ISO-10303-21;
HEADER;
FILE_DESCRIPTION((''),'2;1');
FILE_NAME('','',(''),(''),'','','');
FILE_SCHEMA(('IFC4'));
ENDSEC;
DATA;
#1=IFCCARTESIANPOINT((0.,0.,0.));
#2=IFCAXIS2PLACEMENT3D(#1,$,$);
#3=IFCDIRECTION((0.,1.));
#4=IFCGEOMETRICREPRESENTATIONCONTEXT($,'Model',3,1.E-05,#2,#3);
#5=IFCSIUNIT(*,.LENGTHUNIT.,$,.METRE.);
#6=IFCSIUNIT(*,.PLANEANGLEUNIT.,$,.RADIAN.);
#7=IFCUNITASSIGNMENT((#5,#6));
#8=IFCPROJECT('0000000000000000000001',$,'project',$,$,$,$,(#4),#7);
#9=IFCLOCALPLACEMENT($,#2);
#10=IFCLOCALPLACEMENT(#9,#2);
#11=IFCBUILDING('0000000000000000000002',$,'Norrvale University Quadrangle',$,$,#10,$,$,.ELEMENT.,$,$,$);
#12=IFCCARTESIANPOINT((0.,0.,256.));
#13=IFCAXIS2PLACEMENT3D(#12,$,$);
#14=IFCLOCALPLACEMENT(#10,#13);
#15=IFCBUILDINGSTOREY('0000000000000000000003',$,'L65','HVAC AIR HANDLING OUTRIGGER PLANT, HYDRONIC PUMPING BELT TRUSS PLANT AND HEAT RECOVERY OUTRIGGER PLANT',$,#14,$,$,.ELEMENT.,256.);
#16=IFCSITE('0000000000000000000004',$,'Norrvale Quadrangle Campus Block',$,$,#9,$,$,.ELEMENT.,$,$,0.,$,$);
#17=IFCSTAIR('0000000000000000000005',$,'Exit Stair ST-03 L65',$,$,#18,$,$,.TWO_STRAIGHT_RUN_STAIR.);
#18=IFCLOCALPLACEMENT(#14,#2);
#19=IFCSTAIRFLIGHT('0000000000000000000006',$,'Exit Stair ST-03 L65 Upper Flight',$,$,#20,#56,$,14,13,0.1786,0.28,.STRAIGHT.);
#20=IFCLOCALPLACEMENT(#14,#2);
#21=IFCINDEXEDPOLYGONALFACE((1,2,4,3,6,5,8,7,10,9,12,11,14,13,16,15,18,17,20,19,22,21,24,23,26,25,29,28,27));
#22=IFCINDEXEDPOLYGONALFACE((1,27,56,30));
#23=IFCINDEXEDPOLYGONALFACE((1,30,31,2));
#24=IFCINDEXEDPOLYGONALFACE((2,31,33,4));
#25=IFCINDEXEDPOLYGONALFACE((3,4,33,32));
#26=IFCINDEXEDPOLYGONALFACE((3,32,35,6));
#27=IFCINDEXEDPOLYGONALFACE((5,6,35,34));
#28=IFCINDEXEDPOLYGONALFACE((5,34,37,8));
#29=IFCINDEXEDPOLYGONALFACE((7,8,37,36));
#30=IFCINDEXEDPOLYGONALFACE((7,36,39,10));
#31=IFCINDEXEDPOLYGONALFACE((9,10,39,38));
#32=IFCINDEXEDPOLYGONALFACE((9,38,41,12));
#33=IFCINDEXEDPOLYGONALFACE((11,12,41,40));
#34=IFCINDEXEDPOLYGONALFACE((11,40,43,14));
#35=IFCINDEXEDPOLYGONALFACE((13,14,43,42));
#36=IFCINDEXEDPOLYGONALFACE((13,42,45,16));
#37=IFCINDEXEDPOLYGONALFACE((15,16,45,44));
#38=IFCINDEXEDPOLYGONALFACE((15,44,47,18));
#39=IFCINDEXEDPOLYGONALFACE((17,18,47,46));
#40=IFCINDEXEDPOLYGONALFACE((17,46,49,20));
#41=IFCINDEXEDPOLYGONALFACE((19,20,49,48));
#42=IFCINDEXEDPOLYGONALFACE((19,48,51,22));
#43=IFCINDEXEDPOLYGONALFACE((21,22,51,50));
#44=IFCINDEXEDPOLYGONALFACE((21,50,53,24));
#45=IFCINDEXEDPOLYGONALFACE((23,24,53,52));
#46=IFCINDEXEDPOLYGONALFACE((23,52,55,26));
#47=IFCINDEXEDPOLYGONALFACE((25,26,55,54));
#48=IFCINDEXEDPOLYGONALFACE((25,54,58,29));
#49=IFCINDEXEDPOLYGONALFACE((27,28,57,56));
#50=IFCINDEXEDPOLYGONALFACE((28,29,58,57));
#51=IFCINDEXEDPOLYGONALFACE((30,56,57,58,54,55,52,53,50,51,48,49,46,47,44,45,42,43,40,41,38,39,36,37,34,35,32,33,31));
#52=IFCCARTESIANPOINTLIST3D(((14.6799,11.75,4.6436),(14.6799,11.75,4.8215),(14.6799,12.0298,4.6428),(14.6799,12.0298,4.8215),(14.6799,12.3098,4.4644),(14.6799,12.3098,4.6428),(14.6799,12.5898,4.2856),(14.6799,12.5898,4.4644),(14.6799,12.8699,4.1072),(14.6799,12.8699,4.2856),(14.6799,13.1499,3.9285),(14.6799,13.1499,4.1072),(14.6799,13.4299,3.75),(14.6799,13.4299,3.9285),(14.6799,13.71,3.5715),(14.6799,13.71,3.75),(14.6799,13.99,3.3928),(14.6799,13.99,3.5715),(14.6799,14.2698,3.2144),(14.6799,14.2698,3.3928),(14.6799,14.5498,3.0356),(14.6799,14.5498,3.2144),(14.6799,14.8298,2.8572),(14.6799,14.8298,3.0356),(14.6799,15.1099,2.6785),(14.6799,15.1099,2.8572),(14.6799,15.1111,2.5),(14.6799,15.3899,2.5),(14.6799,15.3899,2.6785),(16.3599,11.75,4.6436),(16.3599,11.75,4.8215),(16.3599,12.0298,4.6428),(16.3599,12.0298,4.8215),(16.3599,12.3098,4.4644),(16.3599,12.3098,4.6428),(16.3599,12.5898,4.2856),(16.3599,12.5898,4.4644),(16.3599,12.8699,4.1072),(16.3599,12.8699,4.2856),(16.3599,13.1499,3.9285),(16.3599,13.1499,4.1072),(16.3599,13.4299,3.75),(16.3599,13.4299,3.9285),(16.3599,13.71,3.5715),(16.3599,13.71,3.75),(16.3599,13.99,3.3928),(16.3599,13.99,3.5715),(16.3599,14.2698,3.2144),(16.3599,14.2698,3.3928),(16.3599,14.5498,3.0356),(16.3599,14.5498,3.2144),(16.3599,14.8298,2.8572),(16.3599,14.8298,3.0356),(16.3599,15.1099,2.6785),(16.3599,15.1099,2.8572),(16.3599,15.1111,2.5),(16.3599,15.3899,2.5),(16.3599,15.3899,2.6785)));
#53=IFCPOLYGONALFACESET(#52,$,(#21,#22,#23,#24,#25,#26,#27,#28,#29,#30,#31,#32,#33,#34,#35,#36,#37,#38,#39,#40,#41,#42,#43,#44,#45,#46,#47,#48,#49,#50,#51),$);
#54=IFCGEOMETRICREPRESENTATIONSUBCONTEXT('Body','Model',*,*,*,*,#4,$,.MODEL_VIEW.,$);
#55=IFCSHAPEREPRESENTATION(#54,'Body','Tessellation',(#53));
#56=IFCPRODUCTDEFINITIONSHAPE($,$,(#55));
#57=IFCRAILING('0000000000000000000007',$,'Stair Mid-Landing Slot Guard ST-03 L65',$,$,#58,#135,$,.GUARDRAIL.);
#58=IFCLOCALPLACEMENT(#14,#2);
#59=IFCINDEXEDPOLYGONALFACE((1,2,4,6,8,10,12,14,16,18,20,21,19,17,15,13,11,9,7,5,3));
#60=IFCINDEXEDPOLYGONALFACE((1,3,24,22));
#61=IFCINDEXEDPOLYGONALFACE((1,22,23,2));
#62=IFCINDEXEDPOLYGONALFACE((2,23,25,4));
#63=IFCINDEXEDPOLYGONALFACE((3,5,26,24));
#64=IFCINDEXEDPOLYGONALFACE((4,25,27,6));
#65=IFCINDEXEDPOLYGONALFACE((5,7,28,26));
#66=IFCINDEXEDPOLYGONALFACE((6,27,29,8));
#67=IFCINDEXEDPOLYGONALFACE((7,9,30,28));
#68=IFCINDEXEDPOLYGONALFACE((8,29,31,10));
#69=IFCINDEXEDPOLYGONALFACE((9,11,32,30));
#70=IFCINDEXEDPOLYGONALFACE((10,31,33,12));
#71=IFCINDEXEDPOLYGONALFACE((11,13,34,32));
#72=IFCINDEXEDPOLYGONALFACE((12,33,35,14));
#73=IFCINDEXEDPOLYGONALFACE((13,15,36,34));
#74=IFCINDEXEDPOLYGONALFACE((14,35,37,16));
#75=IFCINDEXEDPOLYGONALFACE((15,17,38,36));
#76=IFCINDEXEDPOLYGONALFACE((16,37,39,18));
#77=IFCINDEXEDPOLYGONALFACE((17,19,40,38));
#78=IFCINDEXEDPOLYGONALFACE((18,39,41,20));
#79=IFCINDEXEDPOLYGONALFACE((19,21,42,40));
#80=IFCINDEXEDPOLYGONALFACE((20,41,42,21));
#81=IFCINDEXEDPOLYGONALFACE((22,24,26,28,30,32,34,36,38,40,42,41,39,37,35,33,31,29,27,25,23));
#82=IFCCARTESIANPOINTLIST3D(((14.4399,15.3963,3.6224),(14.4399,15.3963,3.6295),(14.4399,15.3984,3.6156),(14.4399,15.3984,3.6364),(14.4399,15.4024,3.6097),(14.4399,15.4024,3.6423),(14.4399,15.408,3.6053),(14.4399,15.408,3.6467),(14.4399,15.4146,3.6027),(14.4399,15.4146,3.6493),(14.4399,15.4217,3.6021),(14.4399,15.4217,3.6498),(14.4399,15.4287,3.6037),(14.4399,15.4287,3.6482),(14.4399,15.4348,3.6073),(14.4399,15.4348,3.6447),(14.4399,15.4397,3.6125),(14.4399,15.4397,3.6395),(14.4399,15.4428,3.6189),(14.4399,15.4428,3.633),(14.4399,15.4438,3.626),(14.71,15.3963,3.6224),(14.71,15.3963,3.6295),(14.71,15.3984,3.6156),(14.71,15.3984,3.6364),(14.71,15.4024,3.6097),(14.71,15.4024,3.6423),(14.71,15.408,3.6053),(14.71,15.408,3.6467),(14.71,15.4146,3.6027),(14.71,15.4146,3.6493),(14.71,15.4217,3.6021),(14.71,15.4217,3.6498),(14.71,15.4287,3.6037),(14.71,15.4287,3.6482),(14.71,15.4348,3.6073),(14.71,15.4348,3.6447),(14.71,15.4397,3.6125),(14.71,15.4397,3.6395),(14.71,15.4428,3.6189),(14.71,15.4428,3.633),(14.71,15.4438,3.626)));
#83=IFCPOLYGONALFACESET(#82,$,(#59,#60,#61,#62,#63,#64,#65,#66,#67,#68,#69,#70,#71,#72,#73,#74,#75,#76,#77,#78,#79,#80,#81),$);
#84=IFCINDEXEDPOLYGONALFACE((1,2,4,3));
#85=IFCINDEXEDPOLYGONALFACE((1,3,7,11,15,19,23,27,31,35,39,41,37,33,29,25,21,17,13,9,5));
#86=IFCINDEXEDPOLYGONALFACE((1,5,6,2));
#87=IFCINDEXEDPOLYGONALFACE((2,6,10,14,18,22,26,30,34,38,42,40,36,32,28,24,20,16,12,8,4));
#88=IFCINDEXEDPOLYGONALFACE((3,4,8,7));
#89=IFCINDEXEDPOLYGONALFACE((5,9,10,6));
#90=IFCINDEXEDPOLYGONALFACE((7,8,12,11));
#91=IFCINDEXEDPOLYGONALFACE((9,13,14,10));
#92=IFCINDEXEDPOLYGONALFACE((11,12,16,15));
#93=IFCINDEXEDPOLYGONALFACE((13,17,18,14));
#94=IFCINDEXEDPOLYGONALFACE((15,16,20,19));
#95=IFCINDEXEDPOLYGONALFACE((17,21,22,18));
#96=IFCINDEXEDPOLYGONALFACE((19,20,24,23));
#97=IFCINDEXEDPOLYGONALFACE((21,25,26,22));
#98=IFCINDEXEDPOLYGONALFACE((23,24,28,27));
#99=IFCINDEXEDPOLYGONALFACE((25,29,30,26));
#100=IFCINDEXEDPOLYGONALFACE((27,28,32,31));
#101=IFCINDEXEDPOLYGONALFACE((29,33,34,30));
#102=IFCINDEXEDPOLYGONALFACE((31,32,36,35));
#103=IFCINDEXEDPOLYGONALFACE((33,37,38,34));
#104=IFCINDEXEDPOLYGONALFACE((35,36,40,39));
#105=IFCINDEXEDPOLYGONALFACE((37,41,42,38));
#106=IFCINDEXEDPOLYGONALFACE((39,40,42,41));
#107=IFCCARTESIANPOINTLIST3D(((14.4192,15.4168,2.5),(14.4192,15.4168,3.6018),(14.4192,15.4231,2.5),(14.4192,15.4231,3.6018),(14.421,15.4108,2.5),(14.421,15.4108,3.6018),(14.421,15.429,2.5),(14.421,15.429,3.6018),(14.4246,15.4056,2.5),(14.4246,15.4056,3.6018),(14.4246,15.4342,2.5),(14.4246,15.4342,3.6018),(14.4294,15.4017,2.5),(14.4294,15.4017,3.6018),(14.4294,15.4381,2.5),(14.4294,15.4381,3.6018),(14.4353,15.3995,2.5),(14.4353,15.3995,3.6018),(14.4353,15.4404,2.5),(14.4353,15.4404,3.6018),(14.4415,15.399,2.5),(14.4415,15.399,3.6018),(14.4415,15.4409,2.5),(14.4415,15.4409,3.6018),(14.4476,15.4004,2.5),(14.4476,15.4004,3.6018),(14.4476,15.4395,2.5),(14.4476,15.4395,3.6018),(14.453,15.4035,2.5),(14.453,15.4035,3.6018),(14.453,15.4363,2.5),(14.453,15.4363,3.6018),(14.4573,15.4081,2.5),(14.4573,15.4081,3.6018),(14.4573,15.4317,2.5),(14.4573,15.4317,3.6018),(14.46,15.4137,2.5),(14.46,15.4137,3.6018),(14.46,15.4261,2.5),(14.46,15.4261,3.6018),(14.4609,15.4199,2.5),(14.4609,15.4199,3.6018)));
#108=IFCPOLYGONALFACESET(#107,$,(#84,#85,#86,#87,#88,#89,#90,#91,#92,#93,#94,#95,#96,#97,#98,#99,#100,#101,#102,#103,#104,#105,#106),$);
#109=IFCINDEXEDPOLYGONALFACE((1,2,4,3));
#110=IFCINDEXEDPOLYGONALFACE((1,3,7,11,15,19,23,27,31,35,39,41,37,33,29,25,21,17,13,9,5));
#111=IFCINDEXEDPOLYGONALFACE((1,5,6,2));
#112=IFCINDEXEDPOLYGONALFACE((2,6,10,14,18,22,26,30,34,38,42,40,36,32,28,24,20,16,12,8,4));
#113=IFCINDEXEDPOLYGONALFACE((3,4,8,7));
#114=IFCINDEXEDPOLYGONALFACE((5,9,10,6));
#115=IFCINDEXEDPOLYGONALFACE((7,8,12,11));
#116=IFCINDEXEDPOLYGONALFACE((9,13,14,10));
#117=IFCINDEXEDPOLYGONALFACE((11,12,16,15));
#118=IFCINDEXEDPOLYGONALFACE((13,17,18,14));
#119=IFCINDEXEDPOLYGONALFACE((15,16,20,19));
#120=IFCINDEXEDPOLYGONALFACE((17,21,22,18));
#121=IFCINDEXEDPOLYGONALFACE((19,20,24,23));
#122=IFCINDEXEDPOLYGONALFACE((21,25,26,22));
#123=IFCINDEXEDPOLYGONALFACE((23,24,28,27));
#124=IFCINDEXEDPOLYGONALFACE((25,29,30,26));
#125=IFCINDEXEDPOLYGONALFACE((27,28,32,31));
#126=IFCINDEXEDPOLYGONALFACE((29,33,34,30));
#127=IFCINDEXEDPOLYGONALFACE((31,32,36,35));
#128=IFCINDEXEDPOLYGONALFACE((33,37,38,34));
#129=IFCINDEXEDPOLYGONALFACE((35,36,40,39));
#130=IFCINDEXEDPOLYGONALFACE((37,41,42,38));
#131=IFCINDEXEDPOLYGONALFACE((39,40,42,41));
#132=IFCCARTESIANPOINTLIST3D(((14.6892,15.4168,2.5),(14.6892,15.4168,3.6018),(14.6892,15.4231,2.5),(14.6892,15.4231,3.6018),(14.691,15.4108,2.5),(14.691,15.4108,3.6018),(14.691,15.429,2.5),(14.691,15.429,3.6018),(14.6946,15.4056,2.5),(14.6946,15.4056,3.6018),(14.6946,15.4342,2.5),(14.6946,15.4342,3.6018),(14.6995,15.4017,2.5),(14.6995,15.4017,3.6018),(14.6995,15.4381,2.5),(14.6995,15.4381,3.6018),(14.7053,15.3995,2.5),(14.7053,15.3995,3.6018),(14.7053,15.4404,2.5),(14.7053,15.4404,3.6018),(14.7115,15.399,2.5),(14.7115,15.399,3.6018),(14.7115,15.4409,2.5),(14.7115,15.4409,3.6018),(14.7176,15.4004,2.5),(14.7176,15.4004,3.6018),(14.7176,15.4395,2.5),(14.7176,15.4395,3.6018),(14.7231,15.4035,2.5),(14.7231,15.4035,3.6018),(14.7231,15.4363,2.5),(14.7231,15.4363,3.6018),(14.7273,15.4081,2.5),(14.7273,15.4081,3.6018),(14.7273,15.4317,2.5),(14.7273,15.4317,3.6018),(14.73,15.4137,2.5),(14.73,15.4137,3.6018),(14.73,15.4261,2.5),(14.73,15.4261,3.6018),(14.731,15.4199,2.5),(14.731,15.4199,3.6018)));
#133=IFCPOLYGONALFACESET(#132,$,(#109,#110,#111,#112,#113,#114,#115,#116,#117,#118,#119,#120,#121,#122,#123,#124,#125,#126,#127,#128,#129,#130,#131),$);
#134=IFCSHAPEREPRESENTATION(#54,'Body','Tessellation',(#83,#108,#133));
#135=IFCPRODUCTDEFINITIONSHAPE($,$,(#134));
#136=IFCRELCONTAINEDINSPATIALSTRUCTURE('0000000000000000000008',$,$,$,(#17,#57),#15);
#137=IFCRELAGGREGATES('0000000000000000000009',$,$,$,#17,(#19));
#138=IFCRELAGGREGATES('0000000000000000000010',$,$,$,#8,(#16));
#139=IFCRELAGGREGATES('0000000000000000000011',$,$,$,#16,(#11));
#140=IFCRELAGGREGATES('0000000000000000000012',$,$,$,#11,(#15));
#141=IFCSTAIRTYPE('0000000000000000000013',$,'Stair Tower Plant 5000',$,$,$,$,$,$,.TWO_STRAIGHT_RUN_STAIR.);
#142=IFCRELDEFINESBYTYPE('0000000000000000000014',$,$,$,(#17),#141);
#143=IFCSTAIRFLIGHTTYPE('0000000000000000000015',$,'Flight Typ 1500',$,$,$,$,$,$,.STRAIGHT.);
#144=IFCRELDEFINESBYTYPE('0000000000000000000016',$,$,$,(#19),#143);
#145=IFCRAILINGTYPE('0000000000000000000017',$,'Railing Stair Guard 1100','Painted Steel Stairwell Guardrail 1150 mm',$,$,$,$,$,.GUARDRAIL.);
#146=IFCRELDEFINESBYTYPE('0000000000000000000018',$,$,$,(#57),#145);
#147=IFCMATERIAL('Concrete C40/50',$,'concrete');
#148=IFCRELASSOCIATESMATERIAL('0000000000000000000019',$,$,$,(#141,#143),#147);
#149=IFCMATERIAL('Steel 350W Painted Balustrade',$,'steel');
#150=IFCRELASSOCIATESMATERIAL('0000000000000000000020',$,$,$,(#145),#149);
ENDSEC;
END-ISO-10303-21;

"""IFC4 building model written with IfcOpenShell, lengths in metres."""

from ifc_helpers import new_model, si_unit, direction, frame, origin, origin_2d, place, context, subcontext, project, spatial, polyline, circle, outline, extrude, material, type_object, element, aggregate, save


model = new_model("IFC4")

# Units and contexts
model_context = context("Model", 3, precision=1e-05, world=origin(), true_north=direction((0.0, 1.0)))
body_context = subcontext(model_context, "Body", "Model", "MODEL_VIEW")
ifc_project = project(units=[si_unit("LENGTHUNIT", "METRE"), si_unit("PLANEANGLEUNIT", "RADIAN")], contexts=[model_context])

# Site, building, storey
site_placement = place(None, origin())
site = spatial("IfcSite", under=ifc_project, at=site_placement, Name="Norrvale Quadrangle Campus Block", CompositionType="ELEMENT", RefElevation=0.0)
building_placement = place(site_placement, origin())
building = spatial("IfcBuilding", under=site, at=building_placement, Name="Norrvale University Quadrangle", CompositionType="ELEMENT")
storey_placement = place(building_placement, frame((0.0, 0.0, 256.0)))
storey = spatial("IfcBuildingStorey", under=building, at=storey_placement, Name="L65", Description="HVAC AIR HANDLING OUTRIGGER PLANT, HYDRONIC PUMPING BELT TRUSS PLANT AND HEAT RECOVERY OUTRIGGER PLANT", CompositionType="ELEMENT", Elevation=256.0)

# Stair, stair flight
ifc_material_1 = material(Name="Concrete C40/50", Category="concrete")
stair_type = type_object("IfcStairType", Name="Stair Tower Plant 5000", PredefinedType="TWO_STRAIGHT_RUN_STAIR", material=ifc_material_1)
stair_placement = place(storey_placement, origin())
stair = element("IfcStair", 1, at=stair_placement, inside=storey, type_object=stair_type, Name="Exit Stair ST-03 L65", PredefinedType="TWO_STRAIGHT_RUN_STAIR")
stair_flight_type = type_object("IfcStairFlightType", Name="Flight Typ 1500", PredefinedType="STRAIGHT", material=ifc_material_1)
stair_flight_1_placement = place(storey_placement, frame((15.52, 15.3899, 2.5), z_axis=(0.0, 0.0, 1.0), x_axis=(0.0, -1.0, 0.0)))
stair_flight_1 = element("IfcStairFlight", 2, at=stair_flight_1_placement, type_object=stair_flight_type, Name="Exit Stair ST-03 L65 Upper Flight", NumberOfRisers=14, NumberOfTreads=13, PredefinedType="STRAIGHT", RiserHeight=0.1786, TreadLength=0.28, context=body_context, shape_type="SweptSolid", body=[
    extrude(outline(polyline([(0.0, 0.0), (0.0, 0.1785), (0.28, 0.1785), (0.28, 0.3572), (0.5601, 0.3572), (0.5601, 0.5356), (0.8401, 0.5356), (0.8401, 0.7144), (1.1201, 0.7144), (1.1201, 0.8928), (1.3999, 0.8928), (1.3999, 1.0715), (1.6799, 1.0715), (1.6799, 1.25), (1.96, 1.25), (1.96, 1.4285), (2.24, 1.4285), (2.24, 1.6072), (2.52, 1.6072), (2.52, 1.7856), (2.8, 1.7856), (2.8, 1.9644), (3.0801, 1.9644), (3.0801, 2.1428), (3.3601, 2.1428), (3.3601, 2.3215), (3.6399, 2.3215), (3.6399, 2.5), (3.6399, 2.1436), (0.2788, 0.0), (0.0, 0.0)])), frame((0.0, 0.8398, 0.0), z_axis=(0.0, -1.0, 0.0), x_axis=(1.0, 0.0, 0.0)), (0.0, 0.0, 1.0), 1.6799),
])
aggregate(stair, [stair_flight_1])

# Railing
ifc_material_2 = material(Name="Steel 350W Painted Balustrade", Category="steel")
railing_type_1 = type_object("IfcRailingType", Name="Railing Stair Guard 1100", Description="Painted Steel Stairwell Guardrail 1150 mm", PredefinedType="GUARDRAIL", material=ifc_material_2)
railing_1_placement = place(storey_placement, frame((14.4399, 15.4199, 2.5)))
element("IfcRailing", 3, at=railing_1_placement, inside=storey, type_object=railing_type_1, Name="Stair Mid-Landing Slot Guard ST-03 L65", PredefinedType="GUARDRAIL", context=body_context, shape_type="SweptSolid", body=[
    extrude(circle(Radius=0.0239, at=origin_2d()), frame((0.0, 0.0, 1.126), z_axis=(1.0, 0.0, 0.0), x_axis=(0.0, 1.0, 0.0)), (0.0, 0.0, 1.0), 0.27),
    extrude(circle(Radius=0.021, at=origin_2d()), origin(), (0.0, 0.0, 1.0), 1.1018),
    extrude(circle(Radius=0.021, at=origin_2d()), frame((0.27, 0.0, 0.0)), (0.0, 0.0, 1.0), 1.1018),
])

save(model, "model.ifc")
